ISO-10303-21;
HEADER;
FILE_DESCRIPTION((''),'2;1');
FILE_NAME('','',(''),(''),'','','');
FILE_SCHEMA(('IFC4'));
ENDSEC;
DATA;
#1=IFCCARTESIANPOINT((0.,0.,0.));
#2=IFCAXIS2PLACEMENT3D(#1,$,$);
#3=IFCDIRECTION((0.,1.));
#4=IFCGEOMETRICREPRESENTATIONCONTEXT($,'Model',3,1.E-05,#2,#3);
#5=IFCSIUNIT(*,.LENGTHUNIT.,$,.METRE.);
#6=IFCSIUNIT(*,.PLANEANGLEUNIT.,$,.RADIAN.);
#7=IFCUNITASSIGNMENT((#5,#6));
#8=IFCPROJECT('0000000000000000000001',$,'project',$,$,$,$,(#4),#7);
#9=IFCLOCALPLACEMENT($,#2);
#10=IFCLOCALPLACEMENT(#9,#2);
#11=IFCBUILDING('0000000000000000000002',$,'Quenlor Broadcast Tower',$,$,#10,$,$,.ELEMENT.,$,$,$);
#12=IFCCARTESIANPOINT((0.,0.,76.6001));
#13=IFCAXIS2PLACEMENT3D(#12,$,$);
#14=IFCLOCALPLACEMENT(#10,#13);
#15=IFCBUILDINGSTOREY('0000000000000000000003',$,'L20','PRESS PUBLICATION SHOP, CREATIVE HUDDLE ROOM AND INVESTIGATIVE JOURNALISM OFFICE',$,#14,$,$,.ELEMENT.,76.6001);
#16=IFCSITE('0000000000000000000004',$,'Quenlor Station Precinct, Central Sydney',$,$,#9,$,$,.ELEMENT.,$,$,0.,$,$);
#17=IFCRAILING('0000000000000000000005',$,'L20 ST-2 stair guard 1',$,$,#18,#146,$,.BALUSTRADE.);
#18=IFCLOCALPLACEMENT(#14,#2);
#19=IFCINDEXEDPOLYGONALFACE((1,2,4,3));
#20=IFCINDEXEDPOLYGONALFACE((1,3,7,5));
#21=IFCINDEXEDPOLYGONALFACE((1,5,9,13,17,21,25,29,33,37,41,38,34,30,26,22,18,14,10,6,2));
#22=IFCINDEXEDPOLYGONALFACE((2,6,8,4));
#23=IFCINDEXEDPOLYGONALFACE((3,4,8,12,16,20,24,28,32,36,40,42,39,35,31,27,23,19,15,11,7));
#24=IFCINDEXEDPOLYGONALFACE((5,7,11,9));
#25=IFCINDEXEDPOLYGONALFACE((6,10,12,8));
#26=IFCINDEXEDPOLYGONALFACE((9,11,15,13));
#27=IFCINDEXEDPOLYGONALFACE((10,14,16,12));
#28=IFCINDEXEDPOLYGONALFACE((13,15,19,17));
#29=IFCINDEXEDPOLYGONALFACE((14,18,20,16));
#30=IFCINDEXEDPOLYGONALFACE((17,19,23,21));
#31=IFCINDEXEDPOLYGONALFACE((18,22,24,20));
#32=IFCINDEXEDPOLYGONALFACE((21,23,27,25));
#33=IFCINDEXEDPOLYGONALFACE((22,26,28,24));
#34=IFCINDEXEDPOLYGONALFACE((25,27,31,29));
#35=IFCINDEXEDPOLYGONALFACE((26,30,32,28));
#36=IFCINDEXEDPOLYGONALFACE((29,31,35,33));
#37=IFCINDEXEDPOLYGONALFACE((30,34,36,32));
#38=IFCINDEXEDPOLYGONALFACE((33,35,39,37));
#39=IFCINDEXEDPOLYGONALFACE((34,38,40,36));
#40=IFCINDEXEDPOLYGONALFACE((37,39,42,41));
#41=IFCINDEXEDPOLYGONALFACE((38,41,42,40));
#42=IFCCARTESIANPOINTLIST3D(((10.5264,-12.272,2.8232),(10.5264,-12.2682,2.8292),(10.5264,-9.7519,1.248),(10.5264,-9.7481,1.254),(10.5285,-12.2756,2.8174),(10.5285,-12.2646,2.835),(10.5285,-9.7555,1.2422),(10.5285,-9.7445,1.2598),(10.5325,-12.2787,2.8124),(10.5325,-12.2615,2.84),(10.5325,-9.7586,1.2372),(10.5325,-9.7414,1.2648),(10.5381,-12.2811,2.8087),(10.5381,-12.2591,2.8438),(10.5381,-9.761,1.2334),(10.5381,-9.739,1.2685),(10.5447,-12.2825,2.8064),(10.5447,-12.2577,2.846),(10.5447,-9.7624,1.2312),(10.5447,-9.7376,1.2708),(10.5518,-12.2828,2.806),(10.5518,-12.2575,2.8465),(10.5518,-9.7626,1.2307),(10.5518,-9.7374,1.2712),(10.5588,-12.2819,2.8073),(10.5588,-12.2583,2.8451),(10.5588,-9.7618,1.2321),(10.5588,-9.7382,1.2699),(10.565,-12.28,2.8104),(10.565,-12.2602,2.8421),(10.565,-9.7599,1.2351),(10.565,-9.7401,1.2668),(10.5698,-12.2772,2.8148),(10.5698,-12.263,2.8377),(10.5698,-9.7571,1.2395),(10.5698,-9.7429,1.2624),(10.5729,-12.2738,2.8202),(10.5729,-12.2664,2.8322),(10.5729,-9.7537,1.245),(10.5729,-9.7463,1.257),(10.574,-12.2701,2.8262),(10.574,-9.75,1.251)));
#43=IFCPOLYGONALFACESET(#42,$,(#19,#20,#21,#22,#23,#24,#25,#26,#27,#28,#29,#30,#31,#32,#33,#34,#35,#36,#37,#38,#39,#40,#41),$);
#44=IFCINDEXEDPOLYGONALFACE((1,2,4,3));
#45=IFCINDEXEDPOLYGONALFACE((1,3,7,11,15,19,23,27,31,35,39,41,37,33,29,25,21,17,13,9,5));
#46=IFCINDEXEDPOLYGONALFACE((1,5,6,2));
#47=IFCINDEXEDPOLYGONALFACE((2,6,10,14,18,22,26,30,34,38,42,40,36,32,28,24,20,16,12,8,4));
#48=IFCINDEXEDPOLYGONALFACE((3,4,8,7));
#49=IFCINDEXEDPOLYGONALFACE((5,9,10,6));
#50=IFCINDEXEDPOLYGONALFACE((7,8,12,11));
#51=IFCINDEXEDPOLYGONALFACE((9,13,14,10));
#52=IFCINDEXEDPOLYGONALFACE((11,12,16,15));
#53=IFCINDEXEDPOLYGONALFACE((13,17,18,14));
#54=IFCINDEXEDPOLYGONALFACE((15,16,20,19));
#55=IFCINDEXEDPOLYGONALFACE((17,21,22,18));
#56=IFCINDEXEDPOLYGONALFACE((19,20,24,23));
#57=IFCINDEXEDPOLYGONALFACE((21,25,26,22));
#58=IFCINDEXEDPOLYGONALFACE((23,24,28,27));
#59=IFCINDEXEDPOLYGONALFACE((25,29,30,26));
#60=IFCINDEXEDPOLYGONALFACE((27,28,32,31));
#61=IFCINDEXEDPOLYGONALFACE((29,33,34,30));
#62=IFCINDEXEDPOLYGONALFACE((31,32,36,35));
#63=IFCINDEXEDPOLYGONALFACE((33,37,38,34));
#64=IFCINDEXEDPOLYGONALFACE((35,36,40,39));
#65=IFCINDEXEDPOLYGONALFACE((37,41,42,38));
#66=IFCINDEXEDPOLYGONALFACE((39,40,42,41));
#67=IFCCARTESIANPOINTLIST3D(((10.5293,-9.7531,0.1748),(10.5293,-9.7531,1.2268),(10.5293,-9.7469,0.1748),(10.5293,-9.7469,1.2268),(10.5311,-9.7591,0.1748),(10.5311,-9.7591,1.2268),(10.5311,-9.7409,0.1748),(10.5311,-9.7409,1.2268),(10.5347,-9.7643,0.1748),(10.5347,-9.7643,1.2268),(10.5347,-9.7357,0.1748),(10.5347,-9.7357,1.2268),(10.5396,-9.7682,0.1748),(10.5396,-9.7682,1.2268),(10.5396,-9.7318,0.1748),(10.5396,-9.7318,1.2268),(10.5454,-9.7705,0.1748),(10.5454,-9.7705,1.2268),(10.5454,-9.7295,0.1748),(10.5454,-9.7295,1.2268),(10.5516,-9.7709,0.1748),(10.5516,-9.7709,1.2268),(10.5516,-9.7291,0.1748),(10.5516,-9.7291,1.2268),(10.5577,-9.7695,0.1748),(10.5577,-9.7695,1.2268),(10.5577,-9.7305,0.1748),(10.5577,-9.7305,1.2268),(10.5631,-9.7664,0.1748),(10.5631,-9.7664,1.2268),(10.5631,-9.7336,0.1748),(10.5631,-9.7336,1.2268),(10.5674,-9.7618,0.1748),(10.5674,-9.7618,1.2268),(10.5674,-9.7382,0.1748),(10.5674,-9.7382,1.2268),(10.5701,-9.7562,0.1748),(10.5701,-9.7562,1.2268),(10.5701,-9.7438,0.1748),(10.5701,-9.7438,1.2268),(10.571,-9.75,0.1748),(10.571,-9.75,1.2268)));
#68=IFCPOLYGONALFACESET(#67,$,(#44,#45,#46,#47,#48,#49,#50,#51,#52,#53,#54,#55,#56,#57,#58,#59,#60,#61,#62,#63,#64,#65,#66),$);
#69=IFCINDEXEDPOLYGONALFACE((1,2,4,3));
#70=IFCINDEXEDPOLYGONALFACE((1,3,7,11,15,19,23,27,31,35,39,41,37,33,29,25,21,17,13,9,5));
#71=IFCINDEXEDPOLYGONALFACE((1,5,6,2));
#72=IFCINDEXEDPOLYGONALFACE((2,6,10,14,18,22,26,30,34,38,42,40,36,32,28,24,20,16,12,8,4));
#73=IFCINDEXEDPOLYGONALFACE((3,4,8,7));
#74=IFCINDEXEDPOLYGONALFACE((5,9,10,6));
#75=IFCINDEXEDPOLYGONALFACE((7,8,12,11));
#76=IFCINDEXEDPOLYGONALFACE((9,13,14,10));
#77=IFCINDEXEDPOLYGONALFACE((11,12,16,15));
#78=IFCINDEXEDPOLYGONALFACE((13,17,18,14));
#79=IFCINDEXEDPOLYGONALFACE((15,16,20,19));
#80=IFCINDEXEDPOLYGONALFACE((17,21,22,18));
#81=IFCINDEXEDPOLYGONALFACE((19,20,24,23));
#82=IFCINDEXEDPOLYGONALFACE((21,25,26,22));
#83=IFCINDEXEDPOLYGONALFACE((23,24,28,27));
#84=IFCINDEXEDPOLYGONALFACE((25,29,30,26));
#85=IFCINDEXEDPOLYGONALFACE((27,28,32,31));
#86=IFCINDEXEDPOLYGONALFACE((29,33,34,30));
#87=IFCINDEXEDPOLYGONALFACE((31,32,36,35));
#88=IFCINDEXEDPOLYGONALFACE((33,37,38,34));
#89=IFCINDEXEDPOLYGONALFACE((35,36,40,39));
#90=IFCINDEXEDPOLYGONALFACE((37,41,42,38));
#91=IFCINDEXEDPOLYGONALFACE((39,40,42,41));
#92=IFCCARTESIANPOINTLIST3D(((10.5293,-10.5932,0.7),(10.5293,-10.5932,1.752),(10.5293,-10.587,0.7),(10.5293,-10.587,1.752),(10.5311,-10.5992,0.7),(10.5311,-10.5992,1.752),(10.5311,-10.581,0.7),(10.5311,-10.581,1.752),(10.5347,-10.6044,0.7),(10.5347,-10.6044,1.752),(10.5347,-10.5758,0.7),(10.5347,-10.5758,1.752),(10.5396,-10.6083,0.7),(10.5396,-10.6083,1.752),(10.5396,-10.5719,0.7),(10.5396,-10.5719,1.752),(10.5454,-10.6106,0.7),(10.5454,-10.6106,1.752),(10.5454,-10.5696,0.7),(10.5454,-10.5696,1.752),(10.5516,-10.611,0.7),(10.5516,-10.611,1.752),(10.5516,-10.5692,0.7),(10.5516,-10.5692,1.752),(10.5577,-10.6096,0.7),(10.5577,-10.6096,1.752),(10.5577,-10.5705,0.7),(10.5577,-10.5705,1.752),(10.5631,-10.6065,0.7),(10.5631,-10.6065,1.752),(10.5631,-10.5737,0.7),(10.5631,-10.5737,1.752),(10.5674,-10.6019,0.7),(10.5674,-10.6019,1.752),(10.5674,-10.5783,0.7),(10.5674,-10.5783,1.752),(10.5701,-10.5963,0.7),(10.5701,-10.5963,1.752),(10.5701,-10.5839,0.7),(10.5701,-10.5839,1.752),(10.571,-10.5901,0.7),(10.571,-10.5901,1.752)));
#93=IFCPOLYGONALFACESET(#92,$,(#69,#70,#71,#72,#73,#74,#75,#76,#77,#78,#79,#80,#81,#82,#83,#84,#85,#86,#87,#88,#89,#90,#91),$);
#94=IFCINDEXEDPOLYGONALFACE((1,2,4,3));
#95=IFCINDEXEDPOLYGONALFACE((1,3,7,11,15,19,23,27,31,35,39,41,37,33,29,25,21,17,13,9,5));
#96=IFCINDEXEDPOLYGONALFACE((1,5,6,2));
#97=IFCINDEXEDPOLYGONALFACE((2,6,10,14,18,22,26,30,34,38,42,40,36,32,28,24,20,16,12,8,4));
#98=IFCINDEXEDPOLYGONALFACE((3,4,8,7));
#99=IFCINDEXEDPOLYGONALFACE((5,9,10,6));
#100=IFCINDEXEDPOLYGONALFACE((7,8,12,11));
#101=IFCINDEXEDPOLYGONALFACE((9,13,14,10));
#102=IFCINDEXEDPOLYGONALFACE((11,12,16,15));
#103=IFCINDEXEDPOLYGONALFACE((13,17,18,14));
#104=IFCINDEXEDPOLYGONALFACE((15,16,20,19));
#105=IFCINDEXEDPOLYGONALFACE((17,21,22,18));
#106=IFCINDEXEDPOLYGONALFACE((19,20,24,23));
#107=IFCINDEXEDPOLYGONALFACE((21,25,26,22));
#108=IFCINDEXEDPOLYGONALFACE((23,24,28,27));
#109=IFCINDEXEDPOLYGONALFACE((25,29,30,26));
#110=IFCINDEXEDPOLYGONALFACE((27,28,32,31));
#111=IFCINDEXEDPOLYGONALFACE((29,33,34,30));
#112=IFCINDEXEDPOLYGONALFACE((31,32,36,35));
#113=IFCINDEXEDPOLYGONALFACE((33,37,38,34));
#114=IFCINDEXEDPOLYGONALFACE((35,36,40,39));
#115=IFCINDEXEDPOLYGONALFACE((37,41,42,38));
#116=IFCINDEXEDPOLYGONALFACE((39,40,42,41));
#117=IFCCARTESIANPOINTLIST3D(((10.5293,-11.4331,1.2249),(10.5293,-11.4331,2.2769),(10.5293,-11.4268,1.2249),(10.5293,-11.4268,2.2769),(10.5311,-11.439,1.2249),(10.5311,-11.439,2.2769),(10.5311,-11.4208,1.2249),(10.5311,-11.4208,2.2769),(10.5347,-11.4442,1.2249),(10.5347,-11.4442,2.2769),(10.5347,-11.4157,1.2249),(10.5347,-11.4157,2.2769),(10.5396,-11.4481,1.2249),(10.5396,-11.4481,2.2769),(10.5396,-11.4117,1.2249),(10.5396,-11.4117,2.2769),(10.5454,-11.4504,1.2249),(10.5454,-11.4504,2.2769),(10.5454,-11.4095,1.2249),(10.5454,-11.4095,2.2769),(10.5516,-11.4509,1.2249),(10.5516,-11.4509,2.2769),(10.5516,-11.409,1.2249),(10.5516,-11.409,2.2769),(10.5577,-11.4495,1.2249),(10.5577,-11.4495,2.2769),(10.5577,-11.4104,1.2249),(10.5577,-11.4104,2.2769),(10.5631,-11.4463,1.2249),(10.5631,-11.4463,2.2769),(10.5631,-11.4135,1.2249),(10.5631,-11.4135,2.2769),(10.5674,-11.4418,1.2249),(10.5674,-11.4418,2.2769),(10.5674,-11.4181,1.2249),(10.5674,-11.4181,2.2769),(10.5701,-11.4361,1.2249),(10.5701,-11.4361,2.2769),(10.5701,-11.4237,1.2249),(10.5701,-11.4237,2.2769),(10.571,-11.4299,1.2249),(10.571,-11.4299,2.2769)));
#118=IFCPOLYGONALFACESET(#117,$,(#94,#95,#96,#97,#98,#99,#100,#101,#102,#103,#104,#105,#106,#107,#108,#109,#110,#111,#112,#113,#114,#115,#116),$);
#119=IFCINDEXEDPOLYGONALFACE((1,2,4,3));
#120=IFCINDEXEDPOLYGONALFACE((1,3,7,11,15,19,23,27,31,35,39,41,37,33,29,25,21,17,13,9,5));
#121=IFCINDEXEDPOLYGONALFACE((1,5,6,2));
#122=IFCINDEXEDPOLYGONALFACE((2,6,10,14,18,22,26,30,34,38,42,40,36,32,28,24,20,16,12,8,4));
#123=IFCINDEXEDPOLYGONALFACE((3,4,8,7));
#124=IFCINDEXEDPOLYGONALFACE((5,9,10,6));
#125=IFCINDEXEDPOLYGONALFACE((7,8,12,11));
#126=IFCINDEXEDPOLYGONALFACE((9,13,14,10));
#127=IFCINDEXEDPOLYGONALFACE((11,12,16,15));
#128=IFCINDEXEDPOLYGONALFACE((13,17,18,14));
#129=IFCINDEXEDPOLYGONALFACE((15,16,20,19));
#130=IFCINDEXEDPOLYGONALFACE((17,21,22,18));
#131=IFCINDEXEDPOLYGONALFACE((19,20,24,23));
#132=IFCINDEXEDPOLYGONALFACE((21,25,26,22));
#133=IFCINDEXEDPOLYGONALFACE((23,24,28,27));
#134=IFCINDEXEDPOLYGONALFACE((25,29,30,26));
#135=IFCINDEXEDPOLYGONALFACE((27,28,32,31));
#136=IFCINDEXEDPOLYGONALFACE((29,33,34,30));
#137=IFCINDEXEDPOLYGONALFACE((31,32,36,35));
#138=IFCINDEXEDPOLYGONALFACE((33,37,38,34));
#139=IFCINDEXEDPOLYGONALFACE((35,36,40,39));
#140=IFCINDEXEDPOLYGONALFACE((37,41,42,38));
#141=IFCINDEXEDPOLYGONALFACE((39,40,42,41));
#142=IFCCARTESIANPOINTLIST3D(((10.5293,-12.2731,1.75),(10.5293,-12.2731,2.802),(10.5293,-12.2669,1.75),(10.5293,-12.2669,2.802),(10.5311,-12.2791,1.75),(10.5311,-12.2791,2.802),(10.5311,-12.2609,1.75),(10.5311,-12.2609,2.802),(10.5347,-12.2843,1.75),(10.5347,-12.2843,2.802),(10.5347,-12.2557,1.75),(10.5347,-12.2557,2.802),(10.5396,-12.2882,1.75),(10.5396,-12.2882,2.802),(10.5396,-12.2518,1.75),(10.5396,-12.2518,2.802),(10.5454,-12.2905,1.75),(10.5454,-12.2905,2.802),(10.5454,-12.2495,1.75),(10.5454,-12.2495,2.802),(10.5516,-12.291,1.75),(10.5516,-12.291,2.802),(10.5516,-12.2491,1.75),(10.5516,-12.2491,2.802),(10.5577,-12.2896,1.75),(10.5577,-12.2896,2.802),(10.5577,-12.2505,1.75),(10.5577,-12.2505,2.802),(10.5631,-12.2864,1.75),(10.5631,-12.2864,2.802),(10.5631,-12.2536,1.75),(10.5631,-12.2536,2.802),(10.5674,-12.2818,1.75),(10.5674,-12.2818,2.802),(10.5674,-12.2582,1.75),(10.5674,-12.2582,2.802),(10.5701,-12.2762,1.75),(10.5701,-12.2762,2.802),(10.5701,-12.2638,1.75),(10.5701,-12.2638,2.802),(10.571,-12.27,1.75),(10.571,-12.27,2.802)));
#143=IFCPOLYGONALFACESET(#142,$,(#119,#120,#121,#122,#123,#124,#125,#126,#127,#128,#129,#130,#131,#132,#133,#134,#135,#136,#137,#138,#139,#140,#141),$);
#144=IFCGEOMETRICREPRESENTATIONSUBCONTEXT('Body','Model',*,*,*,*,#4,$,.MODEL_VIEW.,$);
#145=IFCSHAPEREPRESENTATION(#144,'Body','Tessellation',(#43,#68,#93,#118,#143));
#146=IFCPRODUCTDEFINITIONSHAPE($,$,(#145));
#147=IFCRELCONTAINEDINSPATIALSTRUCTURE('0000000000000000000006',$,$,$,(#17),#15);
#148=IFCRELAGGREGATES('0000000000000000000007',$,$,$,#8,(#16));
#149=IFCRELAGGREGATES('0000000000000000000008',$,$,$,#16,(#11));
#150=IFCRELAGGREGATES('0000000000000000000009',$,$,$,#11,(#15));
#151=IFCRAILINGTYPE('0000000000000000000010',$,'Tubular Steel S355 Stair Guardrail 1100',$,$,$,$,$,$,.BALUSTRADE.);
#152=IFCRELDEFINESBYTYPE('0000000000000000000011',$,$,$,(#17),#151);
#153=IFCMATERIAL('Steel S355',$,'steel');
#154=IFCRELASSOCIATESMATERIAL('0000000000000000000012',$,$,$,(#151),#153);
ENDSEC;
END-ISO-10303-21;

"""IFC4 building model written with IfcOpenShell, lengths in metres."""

from ifc_helpers import new_model, si_unit, direction, frame, origin, origin_2d, place, context, subcontext, project, spatial, circle, extrude, material, type_object, element, save


model = new_model("IFC4")

# Units and contexts
model_context = context("Model", 3, precision=1e-05, world=origin(), true_north=direction((0.0, 1.0)))
body_context = subcontext(model_context, "Body", "Model", "MODEL_VIEW")
ifc_project = project(units=[si_unit("LENGTHUNIT", "METRE"), si_unit("PLANEANGLEUNIT", "RADIAN")], contexts=[model_context])

# Site, building, storey
site_placement = place(None, origin())
site = spatial("IfcSite", under=ifc_project, at=site_placement, Name="Quenlor Station Precinct, Central Sydney", CompositionType="ELEMENT", RefElevation=0.0)
building_placement = place(site_placement, origin())
building = spatial("IfcBuilding", under=site, at=building_placement, Name="Quenlor Broadcast Tower", CompositionType="ELEMENT")
storey_placement = place(building_placement, frame((0.0, 0.0, 76.6001)))
storey = spatial("IfcBuildingStorey", under=building, at=storey_placement, Name="L20", Description="PRESS PUBLICATION SHOP, CREATIVE HUDDLE ROOM AND INVESTIGATIVE JOURNALISM OFFICE", CompositionType="ELEMENT", Elevation=76.6001)

# Railing
ifc_material_1 = material(Name="Steel S355", Category="steel")
railing_type_1 = type_object("IfcRailingType", Name="Tubular Steel S355 Stair Guardrail 1100", PredefinedType="BALUSTRADE", material=ifc_material_1)
railing_1_placement = place(storey_placement, frame((10.55, -9.75, 0.1748)))
element("IfcRailing", 1, at=railing_1_placement, inside=storey, type_object=railing_type_1, Name="L20 ST-2 stair guard 1", PredefinedType="BALUSTRADE", context=body_context, shape_type="SweptSolid", body=[
    extrude(circle(Radius=0.0239, at=origin_2d()), frame((0.0, 0.0, 1.0762), z_axis=(0.0, -0.847971, 0.530043), x_axis=(1.0, 0.0, 0.0)), (0.0, 0.0, 1.0), 2.9719),
    extrude(circle(Radius=0.021, at=origin_2d()), origin(), (0.0, 0.0, 1.0), 1.052),
    extrude(circle(Radius=0.021, at=origin_2d()), frame((0.0, -0.8401, 0.5251)), (0.0, 0.0, 1.0), 1.052),
    extrude(circle(Radius=0.021, at=origin_2d()), frame((0.0, -1.6799, 1.05)), (0.0, 0.0, 1.0), 1.052),
    extrude(circle(Radius=0.021, at=origin_2d()), frame((0.0, -2.52, 1.5752)), (0.0, 0.0, 1.0), 1.052),
])

save(model, "model.ifc")
